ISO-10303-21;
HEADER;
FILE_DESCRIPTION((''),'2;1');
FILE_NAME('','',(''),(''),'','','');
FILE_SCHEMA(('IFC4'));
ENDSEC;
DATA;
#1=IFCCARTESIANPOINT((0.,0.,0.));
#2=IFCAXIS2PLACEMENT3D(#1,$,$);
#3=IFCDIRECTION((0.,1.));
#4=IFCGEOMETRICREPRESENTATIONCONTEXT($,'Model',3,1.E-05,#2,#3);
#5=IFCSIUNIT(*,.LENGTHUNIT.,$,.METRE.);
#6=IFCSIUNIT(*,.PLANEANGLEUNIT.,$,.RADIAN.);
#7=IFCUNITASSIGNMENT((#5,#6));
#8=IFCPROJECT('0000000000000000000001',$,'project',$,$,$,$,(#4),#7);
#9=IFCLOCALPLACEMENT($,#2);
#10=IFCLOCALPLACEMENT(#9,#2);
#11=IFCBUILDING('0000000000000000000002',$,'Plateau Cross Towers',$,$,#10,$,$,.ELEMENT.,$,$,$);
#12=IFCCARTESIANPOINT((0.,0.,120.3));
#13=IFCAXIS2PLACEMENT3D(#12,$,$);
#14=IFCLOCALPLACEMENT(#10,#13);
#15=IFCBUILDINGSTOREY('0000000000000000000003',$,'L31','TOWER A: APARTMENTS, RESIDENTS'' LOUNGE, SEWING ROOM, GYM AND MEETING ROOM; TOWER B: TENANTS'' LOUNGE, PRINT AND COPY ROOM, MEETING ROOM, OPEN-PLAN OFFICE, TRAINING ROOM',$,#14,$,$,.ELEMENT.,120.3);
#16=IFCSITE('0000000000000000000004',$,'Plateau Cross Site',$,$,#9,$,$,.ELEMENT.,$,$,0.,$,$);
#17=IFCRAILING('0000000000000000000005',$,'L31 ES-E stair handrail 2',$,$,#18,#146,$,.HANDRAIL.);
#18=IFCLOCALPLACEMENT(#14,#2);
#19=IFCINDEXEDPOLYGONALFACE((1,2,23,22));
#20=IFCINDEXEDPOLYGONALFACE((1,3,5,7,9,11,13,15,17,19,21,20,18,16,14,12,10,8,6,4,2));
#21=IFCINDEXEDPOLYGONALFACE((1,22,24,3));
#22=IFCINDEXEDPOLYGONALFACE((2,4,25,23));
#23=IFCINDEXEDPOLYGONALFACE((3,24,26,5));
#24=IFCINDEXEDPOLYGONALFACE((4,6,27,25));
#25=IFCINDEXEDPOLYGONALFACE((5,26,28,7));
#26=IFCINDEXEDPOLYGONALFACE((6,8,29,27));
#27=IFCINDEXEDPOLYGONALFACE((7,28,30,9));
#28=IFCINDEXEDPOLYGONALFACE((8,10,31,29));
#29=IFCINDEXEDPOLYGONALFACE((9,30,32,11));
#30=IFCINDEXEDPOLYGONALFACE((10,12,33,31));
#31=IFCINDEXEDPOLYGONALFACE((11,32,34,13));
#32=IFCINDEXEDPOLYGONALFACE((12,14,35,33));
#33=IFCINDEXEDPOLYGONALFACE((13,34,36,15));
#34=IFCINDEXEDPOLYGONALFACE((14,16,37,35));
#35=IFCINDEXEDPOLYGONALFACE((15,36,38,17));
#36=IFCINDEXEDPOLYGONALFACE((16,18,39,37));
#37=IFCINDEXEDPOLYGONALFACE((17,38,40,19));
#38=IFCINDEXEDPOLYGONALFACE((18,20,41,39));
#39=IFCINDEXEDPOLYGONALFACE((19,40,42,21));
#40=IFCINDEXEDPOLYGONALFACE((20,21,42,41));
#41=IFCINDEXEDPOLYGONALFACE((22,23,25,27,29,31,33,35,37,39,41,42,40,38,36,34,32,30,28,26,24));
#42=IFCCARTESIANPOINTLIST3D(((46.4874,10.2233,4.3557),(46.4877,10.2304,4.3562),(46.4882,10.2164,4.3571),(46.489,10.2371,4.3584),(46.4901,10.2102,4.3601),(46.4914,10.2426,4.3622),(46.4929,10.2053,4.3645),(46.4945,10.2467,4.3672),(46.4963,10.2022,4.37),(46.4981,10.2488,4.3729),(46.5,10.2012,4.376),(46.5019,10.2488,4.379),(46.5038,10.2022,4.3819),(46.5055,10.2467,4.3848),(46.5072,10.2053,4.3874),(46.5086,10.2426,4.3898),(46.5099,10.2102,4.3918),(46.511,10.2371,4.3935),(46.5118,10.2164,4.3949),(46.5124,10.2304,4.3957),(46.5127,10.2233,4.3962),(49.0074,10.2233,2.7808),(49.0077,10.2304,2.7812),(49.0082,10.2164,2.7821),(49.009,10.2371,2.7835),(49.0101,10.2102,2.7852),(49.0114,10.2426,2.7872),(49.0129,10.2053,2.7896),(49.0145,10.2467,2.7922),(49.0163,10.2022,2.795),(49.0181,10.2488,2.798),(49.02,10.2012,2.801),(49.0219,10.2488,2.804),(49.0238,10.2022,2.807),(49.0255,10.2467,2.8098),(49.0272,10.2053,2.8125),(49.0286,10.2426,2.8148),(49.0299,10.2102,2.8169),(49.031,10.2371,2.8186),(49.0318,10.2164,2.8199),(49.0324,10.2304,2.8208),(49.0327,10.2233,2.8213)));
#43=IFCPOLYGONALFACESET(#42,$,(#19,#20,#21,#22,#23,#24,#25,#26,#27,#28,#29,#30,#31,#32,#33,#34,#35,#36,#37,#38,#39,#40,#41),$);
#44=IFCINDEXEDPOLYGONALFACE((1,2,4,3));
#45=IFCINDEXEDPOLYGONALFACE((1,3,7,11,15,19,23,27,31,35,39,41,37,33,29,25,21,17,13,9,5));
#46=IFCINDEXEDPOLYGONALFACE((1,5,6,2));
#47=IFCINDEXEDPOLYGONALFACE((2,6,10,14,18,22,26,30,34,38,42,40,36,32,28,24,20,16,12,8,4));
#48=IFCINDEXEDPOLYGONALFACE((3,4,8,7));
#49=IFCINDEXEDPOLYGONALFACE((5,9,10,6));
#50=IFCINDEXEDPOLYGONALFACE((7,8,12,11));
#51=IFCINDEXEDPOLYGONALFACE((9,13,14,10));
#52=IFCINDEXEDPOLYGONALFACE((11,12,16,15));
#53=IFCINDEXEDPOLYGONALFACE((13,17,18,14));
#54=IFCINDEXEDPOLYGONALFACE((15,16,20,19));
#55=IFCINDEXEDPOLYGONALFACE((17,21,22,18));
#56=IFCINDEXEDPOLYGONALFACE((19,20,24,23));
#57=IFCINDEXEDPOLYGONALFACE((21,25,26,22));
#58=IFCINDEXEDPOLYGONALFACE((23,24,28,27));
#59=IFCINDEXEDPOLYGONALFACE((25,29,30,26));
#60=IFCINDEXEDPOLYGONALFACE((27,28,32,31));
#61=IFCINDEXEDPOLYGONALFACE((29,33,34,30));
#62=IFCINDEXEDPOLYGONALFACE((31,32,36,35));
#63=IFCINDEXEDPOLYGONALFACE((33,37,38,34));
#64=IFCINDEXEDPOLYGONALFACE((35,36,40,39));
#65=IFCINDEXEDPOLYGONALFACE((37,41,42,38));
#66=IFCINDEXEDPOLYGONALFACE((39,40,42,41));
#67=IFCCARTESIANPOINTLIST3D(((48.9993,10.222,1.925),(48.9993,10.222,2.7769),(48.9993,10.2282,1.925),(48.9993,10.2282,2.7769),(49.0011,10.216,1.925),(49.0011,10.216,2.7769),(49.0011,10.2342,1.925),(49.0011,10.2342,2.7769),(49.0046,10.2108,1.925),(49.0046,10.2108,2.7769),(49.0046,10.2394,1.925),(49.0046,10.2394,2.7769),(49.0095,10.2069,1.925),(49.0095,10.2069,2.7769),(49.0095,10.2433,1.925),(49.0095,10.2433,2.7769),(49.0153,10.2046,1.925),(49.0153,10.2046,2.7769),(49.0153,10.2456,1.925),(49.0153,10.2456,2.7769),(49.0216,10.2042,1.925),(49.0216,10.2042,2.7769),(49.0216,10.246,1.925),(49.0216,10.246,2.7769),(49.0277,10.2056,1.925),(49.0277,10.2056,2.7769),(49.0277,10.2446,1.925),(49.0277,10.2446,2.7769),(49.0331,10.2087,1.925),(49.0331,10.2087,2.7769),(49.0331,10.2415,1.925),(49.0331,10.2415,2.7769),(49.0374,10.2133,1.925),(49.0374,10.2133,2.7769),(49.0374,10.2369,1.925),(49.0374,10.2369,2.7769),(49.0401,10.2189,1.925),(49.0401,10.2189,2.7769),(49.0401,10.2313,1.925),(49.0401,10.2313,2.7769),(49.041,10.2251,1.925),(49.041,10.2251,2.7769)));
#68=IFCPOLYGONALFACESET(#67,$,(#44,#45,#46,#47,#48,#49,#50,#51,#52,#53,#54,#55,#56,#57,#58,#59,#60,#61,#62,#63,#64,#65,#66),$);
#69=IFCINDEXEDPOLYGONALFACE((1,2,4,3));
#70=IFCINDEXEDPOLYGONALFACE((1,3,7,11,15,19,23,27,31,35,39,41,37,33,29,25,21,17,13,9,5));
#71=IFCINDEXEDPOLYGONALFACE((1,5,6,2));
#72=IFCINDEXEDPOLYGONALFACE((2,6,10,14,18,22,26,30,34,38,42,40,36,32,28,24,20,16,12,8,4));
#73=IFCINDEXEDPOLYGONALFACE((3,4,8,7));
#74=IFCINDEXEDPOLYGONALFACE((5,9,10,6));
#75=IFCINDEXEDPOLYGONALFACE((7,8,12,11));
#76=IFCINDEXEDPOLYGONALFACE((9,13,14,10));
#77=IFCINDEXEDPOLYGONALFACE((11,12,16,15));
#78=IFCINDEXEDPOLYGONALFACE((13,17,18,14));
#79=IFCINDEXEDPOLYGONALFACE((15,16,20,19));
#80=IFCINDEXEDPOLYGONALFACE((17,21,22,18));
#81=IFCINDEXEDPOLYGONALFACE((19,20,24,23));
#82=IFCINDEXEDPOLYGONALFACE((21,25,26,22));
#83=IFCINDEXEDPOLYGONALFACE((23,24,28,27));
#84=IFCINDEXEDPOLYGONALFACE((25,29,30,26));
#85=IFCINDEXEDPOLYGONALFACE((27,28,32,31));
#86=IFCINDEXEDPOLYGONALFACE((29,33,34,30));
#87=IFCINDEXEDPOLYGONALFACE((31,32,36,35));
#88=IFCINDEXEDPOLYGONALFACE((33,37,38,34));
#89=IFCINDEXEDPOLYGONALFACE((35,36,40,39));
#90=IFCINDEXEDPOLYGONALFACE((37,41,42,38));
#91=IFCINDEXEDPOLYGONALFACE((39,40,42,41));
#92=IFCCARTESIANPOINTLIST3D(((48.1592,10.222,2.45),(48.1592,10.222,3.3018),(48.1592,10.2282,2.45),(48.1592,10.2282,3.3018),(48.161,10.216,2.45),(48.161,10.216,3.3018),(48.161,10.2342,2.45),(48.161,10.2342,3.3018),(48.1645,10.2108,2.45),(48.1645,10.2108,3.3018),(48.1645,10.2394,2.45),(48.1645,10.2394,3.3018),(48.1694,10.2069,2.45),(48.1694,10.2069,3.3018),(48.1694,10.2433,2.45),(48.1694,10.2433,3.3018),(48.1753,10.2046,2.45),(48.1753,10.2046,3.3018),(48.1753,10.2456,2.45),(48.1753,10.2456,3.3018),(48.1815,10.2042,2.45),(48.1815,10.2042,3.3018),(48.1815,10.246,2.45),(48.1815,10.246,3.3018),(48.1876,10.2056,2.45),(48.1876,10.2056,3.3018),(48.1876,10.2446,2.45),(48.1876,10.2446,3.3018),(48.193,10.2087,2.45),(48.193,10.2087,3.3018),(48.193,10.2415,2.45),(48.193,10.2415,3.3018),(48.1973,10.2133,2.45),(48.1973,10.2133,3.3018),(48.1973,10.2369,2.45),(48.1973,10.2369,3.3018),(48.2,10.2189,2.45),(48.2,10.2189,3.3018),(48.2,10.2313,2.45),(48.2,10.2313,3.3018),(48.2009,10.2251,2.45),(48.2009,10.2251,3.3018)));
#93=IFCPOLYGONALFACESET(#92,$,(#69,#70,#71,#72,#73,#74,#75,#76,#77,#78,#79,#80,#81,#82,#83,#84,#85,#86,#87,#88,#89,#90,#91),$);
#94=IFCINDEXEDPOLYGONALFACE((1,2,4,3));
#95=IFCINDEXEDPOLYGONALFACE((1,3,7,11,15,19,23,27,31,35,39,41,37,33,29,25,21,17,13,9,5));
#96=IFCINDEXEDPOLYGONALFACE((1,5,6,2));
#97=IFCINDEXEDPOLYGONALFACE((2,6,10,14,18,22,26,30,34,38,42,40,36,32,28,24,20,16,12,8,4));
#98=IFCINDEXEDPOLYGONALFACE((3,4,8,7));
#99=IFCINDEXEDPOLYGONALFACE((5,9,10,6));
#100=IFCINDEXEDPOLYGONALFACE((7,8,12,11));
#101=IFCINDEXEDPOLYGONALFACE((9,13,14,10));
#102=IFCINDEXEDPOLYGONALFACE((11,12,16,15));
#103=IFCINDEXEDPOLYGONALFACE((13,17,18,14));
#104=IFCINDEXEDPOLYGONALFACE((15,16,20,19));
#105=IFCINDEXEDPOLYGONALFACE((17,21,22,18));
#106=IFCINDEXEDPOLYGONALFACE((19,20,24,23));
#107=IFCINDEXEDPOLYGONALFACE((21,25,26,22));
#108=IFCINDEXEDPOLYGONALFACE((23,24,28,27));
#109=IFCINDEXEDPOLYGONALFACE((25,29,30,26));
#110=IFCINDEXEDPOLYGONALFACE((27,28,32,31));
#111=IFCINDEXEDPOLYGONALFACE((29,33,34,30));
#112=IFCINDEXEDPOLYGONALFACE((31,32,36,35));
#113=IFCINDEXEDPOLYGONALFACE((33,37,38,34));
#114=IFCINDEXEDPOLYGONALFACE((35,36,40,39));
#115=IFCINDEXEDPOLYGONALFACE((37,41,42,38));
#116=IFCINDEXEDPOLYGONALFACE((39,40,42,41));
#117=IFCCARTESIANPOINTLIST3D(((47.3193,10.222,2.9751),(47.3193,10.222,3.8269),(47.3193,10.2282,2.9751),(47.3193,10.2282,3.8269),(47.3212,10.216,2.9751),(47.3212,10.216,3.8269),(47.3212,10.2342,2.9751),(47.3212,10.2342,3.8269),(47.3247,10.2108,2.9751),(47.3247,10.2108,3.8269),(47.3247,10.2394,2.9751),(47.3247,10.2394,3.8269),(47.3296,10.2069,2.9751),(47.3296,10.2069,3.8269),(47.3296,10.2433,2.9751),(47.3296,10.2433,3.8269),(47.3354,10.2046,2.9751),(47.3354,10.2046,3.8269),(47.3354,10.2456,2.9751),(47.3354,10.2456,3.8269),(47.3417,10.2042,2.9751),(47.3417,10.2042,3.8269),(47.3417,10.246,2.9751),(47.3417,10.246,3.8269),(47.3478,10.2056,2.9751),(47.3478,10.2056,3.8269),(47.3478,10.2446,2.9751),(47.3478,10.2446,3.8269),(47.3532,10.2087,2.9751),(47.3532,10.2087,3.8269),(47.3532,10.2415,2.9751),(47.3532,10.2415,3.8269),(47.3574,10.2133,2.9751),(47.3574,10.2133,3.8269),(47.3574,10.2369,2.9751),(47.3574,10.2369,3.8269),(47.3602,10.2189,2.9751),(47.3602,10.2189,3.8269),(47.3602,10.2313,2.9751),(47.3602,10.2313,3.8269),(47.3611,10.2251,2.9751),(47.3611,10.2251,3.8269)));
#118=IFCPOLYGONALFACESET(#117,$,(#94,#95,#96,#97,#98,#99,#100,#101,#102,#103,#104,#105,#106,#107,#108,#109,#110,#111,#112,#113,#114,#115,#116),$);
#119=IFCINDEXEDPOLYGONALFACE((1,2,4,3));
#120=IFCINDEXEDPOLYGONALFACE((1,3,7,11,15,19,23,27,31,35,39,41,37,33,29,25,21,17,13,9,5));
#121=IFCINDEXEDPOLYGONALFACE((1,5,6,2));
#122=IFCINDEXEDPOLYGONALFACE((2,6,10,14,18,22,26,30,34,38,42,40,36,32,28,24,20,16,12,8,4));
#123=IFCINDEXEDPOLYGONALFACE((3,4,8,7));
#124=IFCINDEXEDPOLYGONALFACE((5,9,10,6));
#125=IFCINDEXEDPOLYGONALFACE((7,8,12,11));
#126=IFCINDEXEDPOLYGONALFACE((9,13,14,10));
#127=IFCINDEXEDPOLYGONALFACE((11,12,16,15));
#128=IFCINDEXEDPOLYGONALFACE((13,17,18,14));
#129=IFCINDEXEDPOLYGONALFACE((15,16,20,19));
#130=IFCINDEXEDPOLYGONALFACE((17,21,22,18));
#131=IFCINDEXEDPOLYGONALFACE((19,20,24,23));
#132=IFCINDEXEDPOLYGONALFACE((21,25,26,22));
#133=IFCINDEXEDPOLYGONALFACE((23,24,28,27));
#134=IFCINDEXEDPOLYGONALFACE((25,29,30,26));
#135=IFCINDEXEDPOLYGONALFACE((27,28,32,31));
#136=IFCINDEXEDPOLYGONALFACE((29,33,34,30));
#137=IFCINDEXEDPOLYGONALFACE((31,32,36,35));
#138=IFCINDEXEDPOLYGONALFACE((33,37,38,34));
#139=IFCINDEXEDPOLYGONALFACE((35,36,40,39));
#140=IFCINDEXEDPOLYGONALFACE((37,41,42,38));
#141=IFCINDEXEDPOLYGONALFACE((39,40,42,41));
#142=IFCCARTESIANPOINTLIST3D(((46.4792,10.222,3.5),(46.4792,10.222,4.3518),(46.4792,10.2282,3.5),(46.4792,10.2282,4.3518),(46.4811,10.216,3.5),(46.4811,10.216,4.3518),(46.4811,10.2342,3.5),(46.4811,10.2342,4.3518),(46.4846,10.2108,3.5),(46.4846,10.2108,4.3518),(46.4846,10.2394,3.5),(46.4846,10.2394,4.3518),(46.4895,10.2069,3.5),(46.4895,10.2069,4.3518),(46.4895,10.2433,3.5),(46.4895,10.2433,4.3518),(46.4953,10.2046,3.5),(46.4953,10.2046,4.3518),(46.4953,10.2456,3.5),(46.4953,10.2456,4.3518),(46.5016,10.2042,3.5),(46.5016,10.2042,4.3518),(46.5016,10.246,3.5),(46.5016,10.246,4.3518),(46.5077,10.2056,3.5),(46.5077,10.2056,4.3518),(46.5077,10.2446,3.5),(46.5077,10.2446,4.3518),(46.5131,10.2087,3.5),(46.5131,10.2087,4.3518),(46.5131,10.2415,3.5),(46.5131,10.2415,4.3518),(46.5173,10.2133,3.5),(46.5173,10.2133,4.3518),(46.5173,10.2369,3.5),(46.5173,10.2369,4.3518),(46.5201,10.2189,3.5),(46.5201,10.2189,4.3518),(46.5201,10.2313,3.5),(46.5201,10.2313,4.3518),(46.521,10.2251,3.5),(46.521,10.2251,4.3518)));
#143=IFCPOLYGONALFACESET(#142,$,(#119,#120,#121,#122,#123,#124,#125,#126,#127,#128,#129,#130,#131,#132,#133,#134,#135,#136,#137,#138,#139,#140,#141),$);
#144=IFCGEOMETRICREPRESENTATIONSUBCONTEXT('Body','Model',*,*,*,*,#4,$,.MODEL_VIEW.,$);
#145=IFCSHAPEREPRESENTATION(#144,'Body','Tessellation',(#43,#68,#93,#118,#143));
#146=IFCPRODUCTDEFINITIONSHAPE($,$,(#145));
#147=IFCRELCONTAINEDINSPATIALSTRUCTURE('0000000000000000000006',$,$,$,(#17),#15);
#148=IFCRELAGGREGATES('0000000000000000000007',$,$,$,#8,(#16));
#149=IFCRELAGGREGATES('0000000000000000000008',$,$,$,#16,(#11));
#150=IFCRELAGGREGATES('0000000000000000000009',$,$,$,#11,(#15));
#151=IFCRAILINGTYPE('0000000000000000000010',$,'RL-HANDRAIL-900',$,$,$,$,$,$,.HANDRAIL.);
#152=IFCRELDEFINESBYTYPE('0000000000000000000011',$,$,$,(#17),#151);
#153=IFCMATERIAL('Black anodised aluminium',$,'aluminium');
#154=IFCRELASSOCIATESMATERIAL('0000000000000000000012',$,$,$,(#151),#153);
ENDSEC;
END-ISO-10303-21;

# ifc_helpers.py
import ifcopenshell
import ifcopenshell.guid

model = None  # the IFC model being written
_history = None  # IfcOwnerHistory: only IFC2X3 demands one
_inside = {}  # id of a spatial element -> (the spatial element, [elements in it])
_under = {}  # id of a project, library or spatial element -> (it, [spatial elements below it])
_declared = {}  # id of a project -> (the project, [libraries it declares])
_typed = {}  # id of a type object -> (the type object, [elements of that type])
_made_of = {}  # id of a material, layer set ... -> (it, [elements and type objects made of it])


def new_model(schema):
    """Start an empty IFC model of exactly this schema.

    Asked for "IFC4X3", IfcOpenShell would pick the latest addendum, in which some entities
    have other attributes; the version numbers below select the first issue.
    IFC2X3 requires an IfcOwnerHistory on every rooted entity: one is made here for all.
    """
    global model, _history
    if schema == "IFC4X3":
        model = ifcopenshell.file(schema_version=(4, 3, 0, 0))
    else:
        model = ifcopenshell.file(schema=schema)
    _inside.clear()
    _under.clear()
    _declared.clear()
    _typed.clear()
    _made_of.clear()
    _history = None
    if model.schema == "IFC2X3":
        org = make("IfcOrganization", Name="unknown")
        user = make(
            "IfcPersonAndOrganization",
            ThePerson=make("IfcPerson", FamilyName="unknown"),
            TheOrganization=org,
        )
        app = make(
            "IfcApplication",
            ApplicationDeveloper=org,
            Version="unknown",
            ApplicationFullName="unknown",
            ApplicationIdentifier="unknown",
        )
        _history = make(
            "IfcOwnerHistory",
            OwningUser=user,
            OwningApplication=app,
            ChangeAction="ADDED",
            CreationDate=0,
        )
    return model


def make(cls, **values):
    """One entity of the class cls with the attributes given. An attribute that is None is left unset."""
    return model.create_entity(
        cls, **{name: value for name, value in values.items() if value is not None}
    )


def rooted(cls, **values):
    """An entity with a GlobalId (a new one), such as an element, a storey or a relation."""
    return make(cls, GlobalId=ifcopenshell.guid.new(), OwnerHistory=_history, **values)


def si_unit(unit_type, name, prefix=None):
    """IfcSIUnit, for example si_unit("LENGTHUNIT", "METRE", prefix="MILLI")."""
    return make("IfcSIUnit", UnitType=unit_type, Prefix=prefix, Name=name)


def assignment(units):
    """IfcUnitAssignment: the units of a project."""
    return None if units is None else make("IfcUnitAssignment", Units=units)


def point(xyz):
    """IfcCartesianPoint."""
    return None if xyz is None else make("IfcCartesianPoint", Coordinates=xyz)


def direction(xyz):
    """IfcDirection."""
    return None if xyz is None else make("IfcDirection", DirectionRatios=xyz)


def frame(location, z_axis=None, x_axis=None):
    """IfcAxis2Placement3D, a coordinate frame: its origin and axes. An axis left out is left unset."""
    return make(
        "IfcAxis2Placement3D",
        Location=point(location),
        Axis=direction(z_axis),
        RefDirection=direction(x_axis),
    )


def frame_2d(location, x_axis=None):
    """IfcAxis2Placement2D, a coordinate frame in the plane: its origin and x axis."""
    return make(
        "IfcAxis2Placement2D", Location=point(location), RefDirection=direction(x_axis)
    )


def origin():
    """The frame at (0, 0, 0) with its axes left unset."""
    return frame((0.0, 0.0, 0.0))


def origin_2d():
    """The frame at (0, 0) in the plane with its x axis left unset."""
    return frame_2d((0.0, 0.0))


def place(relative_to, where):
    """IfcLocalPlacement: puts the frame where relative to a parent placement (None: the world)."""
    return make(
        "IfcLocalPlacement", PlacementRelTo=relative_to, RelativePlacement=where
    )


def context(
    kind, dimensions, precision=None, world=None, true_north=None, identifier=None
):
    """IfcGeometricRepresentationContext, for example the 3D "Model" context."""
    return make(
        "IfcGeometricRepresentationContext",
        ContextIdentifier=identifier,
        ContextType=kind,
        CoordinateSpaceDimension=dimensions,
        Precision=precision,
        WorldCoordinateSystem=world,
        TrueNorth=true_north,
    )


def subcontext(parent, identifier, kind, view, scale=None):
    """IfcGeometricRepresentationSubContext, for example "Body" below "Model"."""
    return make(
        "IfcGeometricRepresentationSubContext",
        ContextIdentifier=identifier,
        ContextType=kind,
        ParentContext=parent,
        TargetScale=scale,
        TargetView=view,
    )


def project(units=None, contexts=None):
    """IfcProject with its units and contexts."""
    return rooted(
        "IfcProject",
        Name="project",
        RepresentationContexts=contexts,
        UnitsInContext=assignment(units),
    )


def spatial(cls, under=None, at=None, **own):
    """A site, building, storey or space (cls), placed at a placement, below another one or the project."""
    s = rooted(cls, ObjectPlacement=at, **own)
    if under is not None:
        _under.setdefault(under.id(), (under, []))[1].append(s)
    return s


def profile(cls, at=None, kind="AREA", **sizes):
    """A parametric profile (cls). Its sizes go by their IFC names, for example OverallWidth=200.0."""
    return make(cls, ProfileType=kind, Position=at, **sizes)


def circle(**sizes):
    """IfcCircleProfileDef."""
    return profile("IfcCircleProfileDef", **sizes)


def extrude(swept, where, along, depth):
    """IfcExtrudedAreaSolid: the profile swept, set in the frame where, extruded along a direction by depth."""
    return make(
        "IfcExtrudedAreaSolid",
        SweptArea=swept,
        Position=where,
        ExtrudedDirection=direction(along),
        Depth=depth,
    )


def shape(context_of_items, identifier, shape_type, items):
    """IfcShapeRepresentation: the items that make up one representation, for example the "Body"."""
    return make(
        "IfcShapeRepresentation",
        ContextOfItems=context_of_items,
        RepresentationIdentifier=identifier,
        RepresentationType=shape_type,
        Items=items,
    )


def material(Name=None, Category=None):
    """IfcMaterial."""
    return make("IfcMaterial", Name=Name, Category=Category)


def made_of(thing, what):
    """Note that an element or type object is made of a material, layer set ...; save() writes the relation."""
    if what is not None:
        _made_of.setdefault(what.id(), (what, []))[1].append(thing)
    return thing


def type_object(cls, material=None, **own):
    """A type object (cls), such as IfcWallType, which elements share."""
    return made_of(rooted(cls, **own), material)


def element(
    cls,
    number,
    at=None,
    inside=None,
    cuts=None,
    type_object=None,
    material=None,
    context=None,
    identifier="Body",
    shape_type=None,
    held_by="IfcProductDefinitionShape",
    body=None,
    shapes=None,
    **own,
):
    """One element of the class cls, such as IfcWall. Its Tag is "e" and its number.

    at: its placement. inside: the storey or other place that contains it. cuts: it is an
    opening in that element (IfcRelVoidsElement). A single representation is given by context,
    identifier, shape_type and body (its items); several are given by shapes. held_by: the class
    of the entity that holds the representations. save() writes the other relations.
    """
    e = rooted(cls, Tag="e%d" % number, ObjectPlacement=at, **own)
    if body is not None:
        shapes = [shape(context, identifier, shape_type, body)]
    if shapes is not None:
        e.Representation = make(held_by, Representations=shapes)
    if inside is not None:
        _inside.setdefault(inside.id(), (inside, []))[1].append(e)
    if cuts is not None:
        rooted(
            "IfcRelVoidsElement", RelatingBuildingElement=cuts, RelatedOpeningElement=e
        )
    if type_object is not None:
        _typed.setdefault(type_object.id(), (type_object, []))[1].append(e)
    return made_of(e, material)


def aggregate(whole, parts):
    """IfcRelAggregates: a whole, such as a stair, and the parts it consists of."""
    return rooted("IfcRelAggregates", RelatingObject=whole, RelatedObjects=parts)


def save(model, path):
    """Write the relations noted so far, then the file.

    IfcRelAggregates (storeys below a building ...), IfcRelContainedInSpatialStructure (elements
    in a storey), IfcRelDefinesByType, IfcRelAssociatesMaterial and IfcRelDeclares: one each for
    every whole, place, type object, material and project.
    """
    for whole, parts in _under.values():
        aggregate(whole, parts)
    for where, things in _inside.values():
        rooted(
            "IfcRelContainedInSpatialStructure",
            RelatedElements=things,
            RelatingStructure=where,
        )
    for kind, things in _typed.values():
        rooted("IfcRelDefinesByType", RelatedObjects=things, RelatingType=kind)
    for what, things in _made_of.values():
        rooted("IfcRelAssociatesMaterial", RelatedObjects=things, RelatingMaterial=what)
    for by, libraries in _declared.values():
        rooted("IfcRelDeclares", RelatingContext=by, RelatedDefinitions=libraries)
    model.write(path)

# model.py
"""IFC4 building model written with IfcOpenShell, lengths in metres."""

from ifc_helpers import new_model, si_unit, direction, frame, origin, origin_2d, place, context, subcontext, project, spatial, circle, extrude, material, type_object, element, save


model = new_model("IFC4")

# Units and contexts
model_context = context("Model", 3, precision=1e-05, world=origin(), true_north=direction((0.0, 1.0)))
body_context = subcontext(model_context, "Body", "Model", "MODEL_VIEW")
ifc_project = project(units=[si_unit("LENGTHUNIT", "METRE"), si_unit("PLANEANGLEUNIT", "RADIAN")], contexts=[model_context])

# Site, building, storey
site_placement = place(None, origin())
site = spatial("IfcSite", under=ifc_project, at=site_placement, Name="Plateau Cross Site", CompositionType="ELEMENT", RefElevation=0.0)
building_placement = place(site_placement, origin())
building = spatial("IfcBuilding", under=site, at=building_placement, Name="Plateau Cross Towers", CompositionType="ELEMENT")
storey_placement = place(building_placement, frame((0.0, 0.0, 120.3)))
storey = spatial("IfcBuildingStorey", under=building, at=storey_placement, Name="L31", Description="TOWER A: APARTMENTS, RESIDENTS' LOUNGE, SEWING ROOM, GYM AND MEETING ROOM; TOWER B: TENANTS' LOUNGE, PRINT AND COPY ROOM, MEETING ROOM, OPEN-PLAN OFFICE, TRAINING ROOM", CompositionType="ELEMENT", Elevation=120.3)

# Shared definitions
ifc_material_1 = material(Name="Black anodised aluminium", Category="aluminium")

# Railing
railing_type_1 = type_object("IfcRailingType", Name="RL-HANDRAIL-900", PredefinedType="HANDRAIL", material=ifc_material_1)
railing_1_placement = place(storey_placement, frame((49.02, 10.2251, 1.925)))
element("IfcRailing", 1, at=railing_1_placement, inside=storey, type_object=railing_type_1, Name="L31 ES-E stair handrail 2", PredefinedType="HANDRAIL", context=body_context, shape_type="SweptSolid", body=[
    extrude(circle(Radius=0.0239, at=origin_2d()), frame((0.0, 0.0, 0.876), z_axis=(-0.848008, 0.0, 0.529984), x_axis=(0.0, -1.0, 0.0)), (0.0, 0.0, 1.0), 2.9717),
    extrude(circle(Radius=0.021, at=origin_2d()), origin(), (0.0, 0.0, 1.0), 0.8518),
    extrude(circle(Radius=0.021, at=origin_2d()), frame((-0.8401, 0.0, 0.5249)), (0.0, 0.0, 1.0), 0.8518),
    extrude(circle(Radius=0.021, at=origin_2d()), frame((-1.6799, 0.0, 1.05)), (0.0, 0.0, 1.0), 0.8518),
    extrude(circle(Radius=0.021, at=origin_2d()), frame((-2.52, 0.0, 1.575)), (0.0, 0.0, 1.0), 0.8518),
])

save(model, "model.ifc")
